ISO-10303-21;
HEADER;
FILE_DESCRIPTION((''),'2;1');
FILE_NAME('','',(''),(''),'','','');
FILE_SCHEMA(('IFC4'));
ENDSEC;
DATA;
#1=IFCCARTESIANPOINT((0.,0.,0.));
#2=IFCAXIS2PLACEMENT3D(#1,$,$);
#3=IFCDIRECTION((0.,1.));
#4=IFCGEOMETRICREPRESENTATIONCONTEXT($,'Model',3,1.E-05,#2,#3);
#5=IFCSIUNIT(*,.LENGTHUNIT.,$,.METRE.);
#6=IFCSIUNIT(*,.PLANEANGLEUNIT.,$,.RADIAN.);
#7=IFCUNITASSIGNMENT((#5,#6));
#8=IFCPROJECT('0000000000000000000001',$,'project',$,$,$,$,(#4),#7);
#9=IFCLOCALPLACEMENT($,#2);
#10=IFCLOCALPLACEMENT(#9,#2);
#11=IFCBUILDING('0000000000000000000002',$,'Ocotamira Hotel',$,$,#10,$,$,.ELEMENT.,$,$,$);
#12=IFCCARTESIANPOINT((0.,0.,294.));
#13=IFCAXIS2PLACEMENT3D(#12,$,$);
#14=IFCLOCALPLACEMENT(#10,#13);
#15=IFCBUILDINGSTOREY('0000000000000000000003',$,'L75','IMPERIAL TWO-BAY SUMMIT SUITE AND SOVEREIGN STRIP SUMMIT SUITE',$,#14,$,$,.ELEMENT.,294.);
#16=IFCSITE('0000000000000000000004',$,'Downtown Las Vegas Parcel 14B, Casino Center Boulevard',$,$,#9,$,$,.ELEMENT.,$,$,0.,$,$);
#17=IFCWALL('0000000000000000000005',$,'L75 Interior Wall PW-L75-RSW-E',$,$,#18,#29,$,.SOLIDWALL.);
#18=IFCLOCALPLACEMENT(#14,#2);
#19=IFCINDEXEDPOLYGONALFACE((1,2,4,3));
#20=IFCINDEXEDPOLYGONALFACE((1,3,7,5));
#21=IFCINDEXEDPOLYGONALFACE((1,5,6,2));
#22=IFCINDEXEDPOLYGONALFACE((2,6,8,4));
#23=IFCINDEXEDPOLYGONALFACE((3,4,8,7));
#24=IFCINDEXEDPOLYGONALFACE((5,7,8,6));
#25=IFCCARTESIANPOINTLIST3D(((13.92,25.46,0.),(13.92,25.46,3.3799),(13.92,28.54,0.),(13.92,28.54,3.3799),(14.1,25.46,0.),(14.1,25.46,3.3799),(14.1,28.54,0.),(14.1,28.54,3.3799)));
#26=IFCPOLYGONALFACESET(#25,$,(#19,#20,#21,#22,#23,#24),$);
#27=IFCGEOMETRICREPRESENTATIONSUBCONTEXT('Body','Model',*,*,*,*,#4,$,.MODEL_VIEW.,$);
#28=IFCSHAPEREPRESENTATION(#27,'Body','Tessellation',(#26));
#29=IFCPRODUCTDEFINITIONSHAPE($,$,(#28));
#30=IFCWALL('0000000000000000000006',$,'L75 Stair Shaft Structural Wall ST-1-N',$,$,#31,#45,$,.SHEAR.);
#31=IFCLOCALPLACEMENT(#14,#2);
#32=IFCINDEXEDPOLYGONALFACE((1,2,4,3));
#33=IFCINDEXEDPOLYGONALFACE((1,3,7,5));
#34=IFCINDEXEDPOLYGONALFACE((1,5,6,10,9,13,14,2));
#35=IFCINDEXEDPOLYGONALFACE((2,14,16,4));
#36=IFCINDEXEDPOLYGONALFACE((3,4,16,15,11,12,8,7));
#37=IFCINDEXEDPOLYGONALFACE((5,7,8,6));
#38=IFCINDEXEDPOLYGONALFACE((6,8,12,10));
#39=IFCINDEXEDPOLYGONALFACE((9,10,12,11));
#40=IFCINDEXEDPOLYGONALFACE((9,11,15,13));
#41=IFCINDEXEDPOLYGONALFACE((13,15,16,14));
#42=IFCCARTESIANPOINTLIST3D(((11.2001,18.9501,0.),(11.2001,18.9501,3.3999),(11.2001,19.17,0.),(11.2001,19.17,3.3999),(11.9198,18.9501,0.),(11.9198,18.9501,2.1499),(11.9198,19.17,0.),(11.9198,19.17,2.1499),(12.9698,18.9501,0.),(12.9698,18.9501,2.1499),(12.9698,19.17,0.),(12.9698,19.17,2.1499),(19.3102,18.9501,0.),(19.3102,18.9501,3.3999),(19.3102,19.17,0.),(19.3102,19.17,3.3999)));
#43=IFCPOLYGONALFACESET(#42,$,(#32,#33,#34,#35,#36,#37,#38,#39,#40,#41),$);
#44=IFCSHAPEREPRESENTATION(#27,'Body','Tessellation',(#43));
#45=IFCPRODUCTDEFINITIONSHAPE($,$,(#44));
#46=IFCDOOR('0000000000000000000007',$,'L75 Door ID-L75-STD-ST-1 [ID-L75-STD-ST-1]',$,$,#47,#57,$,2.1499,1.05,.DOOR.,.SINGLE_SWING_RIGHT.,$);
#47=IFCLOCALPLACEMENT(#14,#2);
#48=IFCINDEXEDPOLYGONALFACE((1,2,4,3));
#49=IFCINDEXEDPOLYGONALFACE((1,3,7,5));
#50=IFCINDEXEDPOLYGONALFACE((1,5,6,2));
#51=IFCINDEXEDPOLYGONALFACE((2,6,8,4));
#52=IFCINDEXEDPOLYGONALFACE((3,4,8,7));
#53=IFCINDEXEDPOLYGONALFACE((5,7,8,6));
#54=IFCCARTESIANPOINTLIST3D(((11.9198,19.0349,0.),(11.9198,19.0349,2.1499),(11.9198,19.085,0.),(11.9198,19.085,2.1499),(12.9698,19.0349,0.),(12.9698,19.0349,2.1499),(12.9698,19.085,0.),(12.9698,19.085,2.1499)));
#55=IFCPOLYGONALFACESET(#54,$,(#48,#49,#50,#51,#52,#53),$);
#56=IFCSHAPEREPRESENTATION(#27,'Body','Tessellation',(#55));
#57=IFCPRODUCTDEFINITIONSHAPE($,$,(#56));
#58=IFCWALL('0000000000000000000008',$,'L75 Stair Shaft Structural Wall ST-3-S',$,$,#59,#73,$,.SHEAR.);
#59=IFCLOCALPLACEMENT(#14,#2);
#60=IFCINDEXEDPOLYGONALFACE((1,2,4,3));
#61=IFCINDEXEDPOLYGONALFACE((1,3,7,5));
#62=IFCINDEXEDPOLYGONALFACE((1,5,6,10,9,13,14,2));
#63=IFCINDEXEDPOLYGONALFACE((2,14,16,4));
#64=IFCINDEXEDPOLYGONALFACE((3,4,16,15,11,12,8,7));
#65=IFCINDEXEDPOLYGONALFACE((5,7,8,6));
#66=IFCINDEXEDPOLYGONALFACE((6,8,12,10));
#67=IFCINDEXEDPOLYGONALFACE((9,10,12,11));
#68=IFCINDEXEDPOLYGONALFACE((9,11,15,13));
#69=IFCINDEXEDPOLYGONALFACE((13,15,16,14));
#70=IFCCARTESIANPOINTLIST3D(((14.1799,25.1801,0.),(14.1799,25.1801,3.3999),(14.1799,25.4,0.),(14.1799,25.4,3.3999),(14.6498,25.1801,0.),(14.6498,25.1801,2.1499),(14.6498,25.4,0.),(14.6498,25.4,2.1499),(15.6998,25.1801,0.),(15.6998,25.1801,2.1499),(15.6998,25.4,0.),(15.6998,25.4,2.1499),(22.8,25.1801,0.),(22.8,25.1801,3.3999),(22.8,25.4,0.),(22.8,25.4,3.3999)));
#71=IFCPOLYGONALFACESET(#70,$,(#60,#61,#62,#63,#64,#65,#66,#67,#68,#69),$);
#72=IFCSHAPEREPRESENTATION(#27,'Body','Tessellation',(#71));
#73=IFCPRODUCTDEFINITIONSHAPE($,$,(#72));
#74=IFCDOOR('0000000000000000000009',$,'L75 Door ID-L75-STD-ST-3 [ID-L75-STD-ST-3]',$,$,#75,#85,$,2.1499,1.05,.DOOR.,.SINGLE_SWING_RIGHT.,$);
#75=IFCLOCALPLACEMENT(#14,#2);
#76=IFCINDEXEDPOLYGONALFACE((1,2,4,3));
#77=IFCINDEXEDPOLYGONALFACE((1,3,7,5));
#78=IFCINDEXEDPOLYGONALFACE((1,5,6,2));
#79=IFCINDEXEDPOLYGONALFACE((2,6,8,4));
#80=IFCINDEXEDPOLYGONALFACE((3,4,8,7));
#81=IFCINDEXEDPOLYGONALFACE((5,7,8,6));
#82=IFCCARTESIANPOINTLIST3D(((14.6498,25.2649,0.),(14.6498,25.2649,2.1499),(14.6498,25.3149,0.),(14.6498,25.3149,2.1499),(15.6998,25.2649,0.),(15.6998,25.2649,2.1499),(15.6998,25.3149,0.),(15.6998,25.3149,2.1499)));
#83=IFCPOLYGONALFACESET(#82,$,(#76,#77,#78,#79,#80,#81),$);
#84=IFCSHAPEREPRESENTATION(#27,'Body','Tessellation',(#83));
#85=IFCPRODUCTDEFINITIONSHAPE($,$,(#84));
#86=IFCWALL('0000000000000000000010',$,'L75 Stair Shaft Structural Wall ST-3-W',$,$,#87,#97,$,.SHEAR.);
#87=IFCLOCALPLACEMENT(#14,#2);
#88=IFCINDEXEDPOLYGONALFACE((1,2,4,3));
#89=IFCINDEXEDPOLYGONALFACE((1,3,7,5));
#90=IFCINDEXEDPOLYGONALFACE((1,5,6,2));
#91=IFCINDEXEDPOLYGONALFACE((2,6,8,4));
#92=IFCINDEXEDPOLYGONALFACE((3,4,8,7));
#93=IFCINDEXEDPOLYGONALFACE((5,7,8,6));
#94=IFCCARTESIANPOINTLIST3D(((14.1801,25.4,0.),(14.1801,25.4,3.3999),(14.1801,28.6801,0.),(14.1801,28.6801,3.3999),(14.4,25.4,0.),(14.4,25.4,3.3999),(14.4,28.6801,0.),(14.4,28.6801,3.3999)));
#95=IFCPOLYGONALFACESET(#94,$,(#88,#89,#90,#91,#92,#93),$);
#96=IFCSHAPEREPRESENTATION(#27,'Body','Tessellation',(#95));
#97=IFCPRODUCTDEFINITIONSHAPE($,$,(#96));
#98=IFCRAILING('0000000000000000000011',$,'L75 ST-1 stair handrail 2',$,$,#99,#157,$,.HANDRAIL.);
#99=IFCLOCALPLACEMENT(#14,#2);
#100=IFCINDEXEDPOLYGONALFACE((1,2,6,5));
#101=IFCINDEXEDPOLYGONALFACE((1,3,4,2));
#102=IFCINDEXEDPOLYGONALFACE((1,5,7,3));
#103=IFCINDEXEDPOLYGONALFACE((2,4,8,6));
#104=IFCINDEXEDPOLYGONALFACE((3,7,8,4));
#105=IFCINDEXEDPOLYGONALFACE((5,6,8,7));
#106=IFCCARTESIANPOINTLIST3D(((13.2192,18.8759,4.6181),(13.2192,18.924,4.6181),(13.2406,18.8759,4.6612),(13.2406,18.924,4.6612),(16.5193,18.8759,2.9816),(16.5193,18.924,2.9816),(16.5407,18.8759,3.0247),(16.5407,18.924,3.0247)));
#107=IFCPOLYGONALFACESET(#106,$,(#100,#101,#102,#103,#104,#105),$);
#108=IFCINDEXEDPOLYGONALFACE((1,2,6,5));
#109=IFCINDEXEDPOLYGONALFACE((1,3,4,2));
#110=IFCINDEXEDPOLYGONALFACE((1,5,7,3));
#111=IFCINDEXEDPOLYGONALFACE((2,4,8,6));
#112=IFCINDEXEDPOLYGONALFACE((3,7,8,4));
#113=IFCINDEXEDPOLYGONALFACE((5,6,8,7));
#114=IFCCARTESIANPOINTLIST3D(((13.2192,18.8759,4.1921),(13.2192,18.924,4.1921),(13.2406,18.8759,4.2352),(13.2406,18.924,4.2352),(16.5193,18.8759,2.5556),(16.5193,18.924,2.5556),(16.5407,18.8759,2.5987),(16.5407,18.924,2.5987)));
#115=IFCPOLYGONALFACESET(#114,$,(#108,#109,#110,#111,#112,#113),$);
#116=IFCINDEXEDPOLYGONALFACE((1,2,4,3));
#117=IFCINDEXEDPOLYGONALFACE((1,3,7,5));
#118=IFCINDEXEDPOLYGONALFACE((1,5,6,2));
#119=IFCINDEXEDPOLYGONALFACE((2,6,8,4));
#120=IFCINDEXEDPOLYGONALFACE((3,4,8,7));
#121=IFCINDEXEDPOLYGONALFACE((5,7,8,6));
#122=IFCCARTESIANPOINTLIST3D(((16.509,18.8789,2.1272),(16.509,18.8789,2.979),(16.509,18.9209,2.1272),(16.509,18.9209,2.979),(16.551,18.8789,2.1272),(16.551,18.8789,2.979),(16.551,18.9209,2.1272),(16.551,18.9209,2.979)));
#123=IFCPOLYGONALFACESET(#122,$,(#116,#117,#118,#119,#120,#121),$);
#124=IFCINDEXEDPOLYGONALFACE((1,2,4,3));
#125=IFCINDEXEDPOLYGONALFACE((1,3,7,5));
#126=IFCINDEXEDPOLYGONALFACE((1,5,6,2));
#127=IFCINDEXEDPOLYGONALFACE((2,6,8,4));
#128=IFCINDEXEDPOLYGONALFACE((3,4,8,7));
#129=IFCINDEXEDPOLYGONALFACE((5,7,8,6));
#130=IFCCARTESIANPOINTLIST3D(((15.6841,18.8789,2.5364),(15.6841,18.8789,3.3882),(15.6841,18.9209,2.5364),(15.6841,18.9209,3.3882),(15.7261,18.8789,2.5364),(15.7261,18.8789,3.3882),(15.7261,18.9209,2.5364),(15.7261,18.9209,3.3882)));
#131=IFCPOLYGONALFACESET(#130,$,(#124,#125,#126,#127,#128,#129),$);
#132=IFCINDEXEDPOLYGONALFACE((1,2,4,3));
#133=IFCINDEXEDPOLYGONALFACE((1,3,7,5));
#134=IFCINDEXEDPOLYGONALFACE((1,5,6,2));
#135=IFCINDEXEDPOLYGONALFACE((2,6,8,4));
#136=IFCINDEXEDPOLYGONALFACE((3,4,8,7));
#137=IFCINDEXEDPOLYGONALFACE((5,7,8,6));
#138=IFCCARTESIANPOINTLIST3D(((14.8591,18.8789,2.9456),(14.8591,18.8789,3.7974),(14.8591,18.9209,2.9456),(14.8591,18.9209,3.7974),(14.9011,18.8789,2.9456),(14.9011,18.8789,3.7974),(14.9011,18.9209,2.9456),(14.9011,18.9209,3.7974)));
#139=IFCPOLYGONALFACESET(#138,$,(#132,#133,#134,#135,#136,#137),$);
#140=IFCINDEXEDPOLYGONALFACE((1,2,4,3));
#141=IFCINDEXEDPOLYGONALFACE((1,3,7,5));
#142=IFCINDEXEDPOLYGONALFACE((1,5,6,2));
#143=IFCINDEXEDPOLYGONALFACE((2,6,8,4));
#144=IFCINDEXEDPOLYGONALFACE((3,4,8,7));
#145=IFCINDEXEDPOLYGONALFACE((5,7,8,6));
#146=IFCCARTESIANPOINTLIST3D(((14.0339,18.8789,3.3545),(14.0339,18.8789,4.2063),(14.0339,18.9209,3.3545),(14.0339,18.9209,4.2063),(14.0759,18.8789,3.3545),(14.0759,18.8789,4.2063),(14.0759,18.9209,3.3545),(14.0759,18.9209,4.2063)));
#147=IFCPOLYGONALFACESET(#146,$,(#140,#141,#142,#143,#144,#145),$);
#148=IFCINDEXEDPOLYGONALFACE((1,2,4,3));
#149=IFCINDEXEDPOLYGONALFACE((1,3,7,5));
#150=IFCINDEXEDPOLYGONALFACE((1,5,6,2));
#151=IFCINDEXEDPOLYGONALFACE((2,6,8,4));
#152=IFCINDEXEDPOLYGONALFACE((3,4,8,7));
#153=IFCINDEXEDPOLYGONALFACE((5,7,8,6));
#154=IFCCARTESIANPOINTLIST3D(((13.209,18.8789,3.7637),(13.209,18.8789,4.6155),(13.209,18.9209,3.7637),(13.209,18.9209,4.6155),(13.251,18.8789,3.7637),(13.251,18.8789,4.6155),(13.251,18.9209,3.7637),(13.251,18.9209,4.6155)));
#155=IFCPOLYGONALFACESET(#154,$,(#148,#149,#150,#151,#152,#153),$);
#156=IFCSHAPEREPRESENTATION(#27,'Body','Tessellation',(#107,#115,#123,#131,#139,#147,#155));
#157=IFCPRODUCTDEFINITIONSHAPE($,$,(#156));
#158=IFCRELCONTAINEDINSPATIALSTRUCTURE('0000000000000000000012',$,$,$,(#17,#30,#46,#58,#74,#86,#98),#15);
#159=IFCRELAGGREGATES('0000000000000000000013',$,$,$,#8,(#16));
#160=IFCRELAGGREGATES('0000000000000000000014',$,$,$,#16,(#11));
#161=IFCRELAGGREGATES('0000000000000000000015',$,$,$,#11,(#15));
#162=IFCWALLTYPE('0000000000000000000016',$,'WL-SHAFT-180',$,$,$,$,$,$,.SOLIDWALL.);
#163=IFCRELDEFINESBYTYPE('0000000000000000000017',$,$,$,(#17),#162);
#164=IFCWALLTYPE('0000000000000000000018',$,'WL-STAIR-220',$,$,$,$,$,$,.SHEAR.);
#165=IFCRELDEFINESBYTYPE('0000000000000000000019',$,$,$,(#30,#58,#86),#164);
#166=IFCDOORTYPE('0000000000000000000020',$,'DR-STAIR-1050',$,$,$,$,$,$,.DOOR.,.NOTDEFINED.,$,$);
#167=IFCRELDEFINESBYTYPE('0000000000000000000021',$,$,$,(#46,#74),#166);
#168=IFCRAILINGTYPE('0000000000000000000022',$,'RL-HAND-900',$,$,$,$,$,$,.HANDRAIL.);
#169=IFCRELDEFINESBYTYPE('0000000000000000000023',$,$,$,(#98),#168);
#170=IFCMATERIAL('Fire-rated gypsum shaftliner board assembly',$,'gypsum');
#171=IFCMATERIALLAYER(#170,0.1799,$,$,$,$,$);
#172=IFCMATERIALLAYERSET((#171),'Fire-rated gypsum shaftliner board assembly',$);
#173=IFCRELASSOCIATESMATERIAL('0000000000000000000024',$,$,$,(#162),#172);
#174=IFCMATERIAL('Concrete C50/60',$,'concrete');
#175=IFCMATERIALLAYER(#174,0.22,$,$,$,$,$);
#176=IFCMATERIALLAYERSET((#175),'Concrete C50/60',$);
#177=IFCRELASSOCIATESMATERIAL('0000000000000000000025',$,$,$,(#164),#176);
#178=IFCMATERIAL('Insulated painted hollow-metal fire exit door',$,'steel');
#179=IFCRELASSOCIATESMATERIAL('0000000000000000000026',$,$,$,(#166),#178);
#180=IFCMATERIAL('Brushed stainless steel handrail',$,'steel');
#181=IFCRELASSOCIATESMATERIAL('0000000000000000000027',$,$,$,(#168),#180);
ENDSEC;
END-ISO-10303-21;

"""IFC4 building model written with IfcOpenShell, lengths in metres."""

from ifc_helpers import new_model, si_unit, direction, frame, frame_2d, origin, origin_2d, place, context, subcontext, project, spatial, rectangle, extrude, source, transform, mapped, material, layer, layer_set, type_object, element, fill, save


model = new_model("IFC4")

# Units and contexts
model_context = context("Model", 3, precision=1e-05, world=origin(), true_north=direction((0.0, 1.0)))
body_context = subcontext(model_context, "Body", "Model", "MODEL_VIEW")
ifc_project = project(units=[si_unit("LENGTHUNIT", "METRE"), si_unit("PLANEANGLEUNIT", "RADIAN")], contexts=[model_context])

# Site, building, storey
site_placement = place(None, origin())
site = spatial("IfcSite", under=ifc_project, at=site_placement, Name="Downtown Las Vegas Parcel 14B, Casino Center Boulevard", CompositionType="ELEMENT", RefElevation=0.0)
building_placement = place(site_placement, origin())
building = spatial("IfcBuilding", under=site, at=building_placement, Name="Ocotamira Hotel", CompositionType="ELEMENT")
storey_placement = place(building_placement, frame((0.0, 0.0, 294.0)))
storey = spatial("IfcBuildingStorey", under=building, at=storey_placement, Name="L75", Description="IMPERIAL TWO-BAY SUMMIT SUITE AND SOVEREIGN STRIP SUMMIT SUITE", CompositionType="ELEMENT", Elevation=294.0)

# Shared definitions
ifc_material_1 = material(Name="Concrete C50/60", Category="concrete")

# Shared definitions
ifc_material_2 = material(Name="Fire-rated gypsum shaftliner board assembly", Category="gypsum")
ifc_layer_1 = layer(ifc_material_2, 0.1799)
ifc_layer_set_1 = layer_set([ifc_layer_1], Name="Fire-rated gypsum shaftliner board assembly")
wall_type_1 = type_object("IfcWallType", Name="WL-SHAFT-180", PredefinedType="SOLIDWALL", material=ifc_layer_set_1)

# Wall
wall_1_placement = place(storey_placement, frame((14.01, 25.46, 0.0), z_axis=(0.0, 0.0, 1.0), x_axis=(0.0, 1.0, 0.0)))
element("IfcWall", 1, at=wall_1_placement, inside=storey, type_object=wall_type_1, Name="L75 Interior Wall PW-L75-RSW-E", PredefinedType="SOLIDWALL", context=body_context, shape_type="SweptSolid", body=[
    extrude(rectangle(XDim=3.0801, YDim=0.1799, at=frame_2d((1.54, 0.0))), origin(), (0.0, 0.0, 1.0), 3.3799),
])

# Walls, openings, doors
ifc_layer_2 = layer(ifc_material_1, 0.22)
ifc_layer_set_2 = layer_set([ifc_layer_2], Name="Concrete C50/60")
wall_type_2 = type_object("IfcWallType", Name="WL-STAIR-220", PredefinedType="SHEAR", material=ifc_layer_set_2)
wall_2_placement = place(storey_placement, frame((11.2, 19.0601, 0.0), z_axis=(0.0, 0.0, 1.0), x_axis=(1.0, 0.0, 0.0)))
wall_2 = element("IfcWall", 2, at=wall_2_placement, inside=storey, type_object=wall_type_2, Name="L75 Stair Shaft Structural Wall ST-1-N", PredefinedType="SHEAR", context=body_context, shape_type="SweptSolid", body=[
    extrude(rectangle(XDim=8.1101, YDim=0.22, at=frame_2d((4.0552, 0.0))), origin(), (0.0, 0.0, 1.0), 3.3999),
])
opening_1_placement = place(wall_2_placement, frame((0.72, 0.0, 0.0)))
opening_1 = element("IfcOpeningElement", 3, at=opening_1_placement, cuts=wall_2, PredefinedType="OPENING", context=body_context, shape_type="SweptSolid", body=[
    extrude(rectangle(XDim=1.05, YDim=2.1499, at=frame_2d((0.5249, 1.075))), frame((0.0, 0.1201, 0.0), z_axis=(0.0, -1.0, 0.0), x_axis=(1.0, 0.0, 0.0)), (0.0, 0.0, 1.0), 0.24),
])
ifc_material_3 = material(Name="Insulated painted hollow-metal fire exit door", Category="steel")
door_type_1 = type_object("IfcDoorType", Name="DR-STAIR-1050", OperationType="NOTDEFINED", PredefinedType="DOOR", material=ifc_material_3)
shared_shape_1 = source(origin(), body_context, "Body", "SweptSolid", [
    extrude(rectangle(XDim=1.05, YDim=2.1499, at=frame_2d((0.5249, 1.075))), frame((0.0, 0.0249, 0.0), z_axis=(0.0, -1.0, 0.0), x_axis=(1.0, 0.0, 0.0)), (0.0, 0.0, 1.0), 0.05),
])
door_1_placement = place(opening_1_placement, origin())
door_1 = element("IfcDoor", 4, at=door_1_placement, inside=storey, type_object=door_type_1, Name="L75 Door ID-L75-STD-ST-1 [ID-L75-STD-ST-1]", OperationType="SINGLE_SWING_RIGHT", OverallHeight=2.1499, OverallWidth=1.05, PredefinedType="DOOR", context=body_context, shape_type="MappedRepresentation", body=[
    mapped(shared_shape_1, transform((0.0, 0.0, 0.0), scale=1.0)),
])
fill(opening_1, door_1)
wall_3_placement = place(storey_placement, frame((14.1799, 25.29, 0.0), z_axis=(0.0, 0.0, 1.0), x_axis=(1.0, 0.0, 0.0)))
wall_3 = element("IfcWall", 5, at=wall_3_placement, inside=storey, type_object=wall_type_2, Name="L75 Stair Shaft Structural Wall ST-3-S", PredefinedType="SHEAR", context=body_context, shape_type="SweptSolid", body=[
    extrude(rectangle(XDim=8.6201, YDim=0.22, at=frame_2d((4.3101, 0.0))), origin(), (0.0, 0.0, 1.0), 3.3999),
])
opening_2_placement = place(wall_3_placement, frame((0.47, 0.0, 0.0)))
opening_2 = element("IfcOpeningElement", 6, at=opening_2_placement, cuts=wall_3, PredefinedType="OPENING", context=body_context, shape_type="SweptSolid", body=[
    extrude(rectangle(XDim=1.05, YDim=2.1499, at=frame_2d((0.5249, 1.075))), frame((0.0, 0.1201, 0.0), z_axis=(0.0, -1.0, 0.0), x_axis=(1.0, 0.0, 0.0)), (0.0, 0.0, 1.0), 0.24),
])
door_2_placement = place(opening_2_placement, origin())
door_2 = element("IfcDoor", 7, at=door_2_placement, inside=storey, type_object=door_type_1, Name="L75 Door ID-L75-STD-ST-3 [ID-L75-STD-ST-3]", OperationType="SINGLE_SWING_RIGHT", OverallHeight=2.1499, OverallWidth=1.05, PredefinedType="DOOR", context=body_context, shape_type="MappedRepresentation", body=[
    mapped(shared_shape_1, transform((0.0, 0.0, 0.0), scale=1.0)),
])
fill(opening_2, door_2)

# Wall
wall_4_placement = place(storey_placement, frame((14.29, 25.3999, 0.0), z_axis=(0.0, 0.0, 1.0), x_axis=(0.0, 1.0, 0.0)))
element("IfcWall", 8, at=wall_4_placement, inside=storey, type_object=wall_type_2, Name="L75 Stair Shaft Structural Wall ST-3-W", PredefinedType="SHEAR", context=body_context, shape_type="SweptSolid", body=[
    extrude(rectangle(XDim=3.28, YDim=0.22, at=frame_2d((1.6401, 0.0))), origin(), (0.0, 0.0, 1.0), 3.3999),
])

# Railing
ifc_material_4 = material(Name="Brushed stainless steel handrail", Category="steel")
railing_type = type_object("IfcRailingType", Name="RL-HAND-900", PredefinedType="HANDRAIL", material=ifc_material_4)
railing_1_placement = place(storey_placement, frame((16.53, 18.8999, 2.1272)))
element("IfcRailing", 9, at=railing_1_placement, inside=storey, type_object=railing_type, Name="L75 ST-1 stair handrail 2", PredefinedType="HANDRAIL", context=body_context, shape_type="SweptSolid", body=[
    extrude(rectangle(XDim=0.0481, YDim=0.0481, at=origin_2d()), frame((0.0, 0.0, 0.876), z_axis=(-0.895894, 0.0, 0.444268), x_axis=(0.0, -1.0, 0.0)), (0.0, 0.0, 1.0), 3.6836),
    extrude(rectangle(XDim=0.0481, YDim=0.0481, at=origin_2d()), frame((0.0, 0.0, 0.45), z_axis=(-0.895894, 0.0, 0.444268), x_axis=(0.0, -1.0, 0.0)), (0.0, 0.0, 1.0), 3.6836),
    extrude(rectangle(XDim=0.042, YDim=0.042, at=origin_2d()), origin(), (0.0, 0.0, 1.0), 0.8518),
    extrude(rectangle(XDim=0.042, YDim=0.042, at=origin_2d()), frame((-0.825, 0.0, 0.4092)), (0.0, 0.0, 1.0), 0.8518),
    extrude(rectangle(XDim=0.042, YDim=0.042, at=origin_2d()), frame((-1.6499, 0.0, 0.8184)), (0.0, 0.0, 1.0), 0.8518),
    extrude(rectangle(XDim=0.042, YDim=0.042, at=origin_2d()), frame((-2.4751, 0.0, 1.2273)), (0.0, 0.0, 1.0), 0.8518),
    extrude(rectangle(XDim=0.042, YDim=0.042, at=origin_2d()), frame((-3.3, 0.0, 1.6365)), (0.0, 0.0, 1.0), 0.8518),
])

save(model, "model.ifc")
